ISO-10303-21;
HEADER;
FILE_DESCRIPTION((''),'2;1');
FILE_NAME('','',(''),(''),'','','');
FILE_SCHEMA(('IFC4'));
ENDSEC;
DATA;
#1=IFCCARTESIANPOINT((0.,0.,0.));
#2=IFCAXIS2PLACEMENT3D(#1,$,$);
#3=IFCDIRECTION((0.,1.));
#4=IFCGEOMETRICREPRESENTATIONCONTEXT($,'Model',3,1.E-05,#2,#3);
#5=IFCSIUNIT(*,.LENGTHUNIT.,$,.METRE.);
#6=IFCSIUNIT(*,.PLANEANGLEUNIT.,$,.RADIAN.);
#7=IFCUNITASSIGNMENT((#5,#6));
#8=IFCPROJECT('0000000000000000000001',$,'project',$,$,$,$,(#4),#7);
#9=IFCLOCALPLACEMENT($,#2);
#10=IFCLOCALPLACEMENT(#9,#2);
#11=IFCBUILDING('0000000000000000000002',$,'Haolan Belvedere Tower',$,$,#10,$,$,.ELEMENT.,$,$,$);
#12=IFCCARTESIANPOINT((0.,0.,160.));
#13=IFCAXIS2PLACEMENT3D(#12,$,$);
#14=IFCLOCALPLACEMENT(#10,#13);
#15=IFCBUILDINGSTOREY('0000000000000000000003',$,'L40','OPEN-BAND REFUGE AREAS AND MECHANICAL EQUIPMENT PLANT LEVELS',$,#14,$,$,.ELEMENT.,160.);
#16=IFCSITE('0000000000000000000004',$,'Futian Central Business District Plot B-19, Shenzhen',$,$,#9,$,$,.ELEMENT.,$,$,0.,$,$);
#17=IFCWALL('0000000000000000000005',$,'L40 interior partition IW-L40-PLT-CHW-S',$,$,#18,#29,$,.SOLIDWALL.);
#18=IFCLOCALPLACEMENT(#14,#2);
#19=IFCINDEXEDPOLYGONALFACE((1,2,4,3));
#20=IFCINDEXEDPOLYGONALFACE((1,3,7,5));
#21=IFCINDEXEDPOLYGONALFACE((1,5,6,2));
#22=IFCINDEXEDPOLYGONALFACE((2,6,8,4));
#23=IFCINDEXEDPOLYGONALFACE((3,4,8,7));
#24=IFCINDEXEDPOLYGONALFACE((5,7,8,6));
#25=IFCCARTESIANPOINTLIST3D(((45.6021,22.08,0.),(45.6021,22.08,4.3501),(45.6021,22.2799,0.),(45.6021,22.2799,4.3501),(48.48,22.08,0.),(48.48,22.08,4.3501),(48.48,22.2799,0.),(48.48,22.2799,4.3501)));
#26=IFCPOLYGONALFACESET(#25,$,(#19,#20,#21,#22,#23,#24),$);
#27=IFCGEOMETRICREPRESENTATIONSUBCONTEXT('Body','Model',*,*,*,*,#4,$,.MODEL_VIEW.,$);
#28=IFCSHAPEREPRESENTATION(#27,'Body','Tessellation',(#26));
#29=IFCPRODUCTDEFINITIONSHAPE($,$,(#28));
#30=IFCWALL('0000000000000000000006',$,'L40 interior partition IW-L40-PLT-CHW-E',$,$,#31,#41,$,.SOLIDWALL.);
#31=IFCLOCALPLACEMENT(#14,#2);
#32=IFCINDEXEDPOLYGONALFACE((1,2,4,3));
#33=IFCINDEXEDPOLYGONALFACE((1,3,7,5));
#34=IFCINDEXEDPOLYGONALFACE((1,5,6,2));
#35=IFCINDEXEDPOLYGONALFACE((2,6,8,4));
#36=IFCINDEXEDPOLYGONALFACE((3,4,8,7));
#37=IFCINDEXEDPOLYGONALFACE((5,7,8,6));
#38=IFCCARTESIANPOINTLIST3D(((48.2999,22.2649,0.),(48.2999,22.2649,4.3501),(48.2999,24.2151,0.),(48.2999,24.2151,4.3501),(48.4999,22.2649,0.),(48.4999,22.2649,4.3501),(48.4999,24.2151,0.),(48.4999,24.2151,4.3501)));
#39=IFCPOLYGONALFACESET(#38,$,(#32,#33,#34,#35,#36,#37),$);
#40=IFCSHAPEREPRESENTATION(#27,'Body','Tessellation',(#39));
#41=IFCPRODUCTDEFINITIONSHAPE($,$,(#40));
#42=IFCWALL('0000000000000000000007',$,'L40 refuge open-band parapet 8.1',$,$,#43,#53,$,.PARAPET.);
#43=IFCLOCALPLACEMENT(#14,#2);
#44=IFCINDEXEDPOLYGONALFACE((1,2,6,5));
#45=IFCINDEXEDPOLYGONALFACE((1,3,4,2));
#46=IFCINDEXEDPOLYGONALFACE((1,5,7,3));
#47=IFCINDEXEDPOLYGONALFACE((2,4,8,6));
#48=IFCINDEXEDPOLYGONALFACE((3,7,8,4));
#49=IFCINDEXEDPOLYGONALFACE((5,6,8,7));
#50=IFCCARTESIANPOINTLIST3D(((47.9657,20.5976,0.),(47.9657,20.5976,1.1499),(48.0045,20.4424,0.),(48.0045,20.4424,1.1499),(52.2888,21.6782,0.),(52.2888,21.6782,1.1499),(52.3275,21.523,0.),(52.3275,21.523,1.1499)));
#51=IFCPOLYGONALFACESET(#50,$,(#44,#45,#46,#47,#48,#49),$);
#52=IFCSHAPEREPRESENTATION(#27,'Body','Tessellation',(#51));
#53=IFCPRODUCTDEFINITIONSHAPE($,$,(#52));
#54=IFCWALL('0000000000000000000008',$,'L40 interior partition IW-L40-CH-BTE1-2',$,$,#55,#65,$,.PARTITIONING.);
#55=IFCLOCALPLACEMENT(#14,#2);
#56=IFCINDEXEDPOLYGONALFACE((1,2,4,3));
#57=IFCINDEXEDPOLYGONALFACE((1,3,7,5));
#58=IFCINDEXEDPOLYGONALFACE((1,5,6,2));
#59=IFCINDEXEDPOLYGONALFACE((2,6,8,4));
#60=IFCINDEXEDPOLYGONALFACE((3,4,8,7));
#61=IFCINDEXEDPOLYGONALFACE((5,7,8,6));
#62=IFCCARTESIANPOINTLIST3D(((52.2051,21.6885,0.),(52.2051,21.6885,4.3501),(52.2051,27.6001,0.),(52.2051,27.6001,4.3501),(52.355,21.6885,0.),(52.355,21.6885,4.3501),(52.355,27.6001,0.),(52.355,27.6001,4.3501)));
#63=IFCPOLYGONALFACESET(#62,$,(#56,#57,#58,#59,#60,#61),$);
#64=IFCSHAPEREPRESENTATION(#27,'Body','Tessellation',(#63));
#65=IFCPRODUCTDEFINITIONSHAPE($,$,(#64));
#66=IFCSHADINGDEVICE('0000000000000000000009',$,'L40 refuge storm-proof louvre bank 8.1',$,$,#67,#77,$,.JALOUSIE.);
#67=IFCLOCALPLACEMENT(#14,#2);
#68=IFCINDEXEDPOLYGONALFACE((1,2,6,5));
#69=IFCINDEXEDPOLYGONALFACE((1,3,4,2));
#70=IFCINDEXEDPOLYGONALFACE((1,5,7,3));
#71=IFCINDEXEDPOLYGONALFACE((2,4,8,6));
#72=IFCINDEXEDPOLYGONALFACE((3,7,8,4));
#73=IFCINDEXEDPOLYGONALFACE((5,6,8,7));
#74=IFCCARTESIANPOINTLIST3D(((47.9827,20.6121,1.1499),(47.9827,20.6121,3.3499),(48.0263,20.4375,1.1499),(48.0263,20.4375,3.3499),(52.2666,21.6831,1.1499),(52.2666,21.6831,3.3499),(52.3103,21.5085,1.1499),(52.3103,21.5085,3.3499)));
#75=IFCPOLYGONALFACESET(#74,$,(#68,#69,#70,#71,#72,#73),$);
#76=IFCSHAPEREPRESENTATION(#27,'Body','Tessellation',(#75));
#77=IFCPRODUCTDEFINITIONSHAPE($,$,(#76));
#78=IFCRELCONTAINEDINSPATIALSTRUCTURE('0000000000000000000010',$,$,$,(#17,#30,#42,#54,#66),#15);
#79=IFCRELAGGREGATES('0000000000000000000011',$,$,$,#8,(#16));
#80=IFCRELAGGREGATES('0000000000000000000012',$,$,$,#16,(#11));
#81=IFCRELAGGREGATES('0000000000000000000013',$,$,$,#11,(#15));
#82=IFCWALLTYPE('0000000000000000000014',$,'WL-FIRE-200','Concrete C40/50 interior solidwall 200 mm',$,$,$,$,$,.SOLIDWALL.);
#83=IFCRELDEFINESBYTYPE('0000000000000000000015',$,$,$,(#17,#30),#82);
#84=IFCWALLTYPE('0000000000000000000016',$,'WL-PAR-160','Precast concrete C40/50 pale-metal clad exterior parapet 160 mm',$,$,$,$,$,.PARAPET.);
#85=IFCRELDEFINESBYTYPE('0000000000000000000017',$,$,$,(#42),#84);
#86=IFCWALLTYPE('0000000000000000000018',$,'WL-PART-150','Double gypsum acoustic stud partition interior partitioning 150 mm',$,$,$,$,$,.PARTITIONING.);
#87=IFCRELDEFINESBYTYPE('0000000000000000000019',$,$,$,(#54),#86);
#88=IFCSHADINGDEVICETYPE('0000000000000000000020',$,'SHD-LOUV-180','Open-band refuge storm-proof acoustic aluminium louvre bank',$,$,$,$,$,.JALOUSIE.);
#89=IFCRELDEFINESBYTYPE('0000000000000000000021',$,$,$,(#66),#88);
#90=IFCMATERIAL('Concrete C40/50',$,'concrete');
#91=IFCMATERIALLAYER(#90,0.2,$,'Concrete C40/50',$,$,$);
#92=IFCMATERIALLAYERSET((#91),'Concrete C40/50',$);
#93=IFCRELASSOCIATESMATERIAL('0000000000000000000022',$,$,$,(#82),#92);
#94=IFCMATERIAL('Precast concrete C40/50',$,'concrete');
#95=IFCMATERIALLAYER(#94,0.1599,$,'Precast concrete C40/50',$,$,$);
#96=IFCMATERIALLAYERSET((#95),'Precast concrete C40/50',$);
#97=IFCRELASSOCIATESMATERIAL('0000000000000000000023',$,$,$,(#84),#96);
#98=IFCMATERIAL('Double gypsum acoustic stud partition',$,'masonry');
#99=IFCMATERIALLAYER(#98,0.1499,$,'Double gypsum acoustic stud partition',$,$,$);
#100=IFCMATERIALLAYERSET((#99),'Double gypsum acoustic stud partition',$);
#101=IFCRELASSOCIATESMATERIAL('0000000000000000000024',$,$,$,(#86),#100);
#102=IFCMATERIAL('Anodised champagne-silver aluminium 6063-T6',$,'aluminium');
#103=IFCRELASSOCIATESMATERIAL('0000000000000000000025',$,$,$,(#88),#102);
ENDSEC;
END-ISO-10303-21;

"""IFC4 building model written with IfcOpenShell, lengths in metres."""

from ifc_helpers import new_model, si_unit, direction, frame, frame_2d, origin, origin_2d, place, context, subcontext, project, spatial, rectangle, extrude, material, layer, layer_set, type_object, element, save


model = new_model("IFC4")

# Units and contexts
model_context = context("Model", 3, precision=1e-05, world=origin(), true_north=direction((0.0, 1.0)))
body_context = subcontext(model_context, "Body", "Model", "MODEL_VIEW")
ifc_project = project(units=[si_unit("LENGTHUNIT", "METRE"), si_unit("PLANEANGLEUNIT", "RADIAN")], contexts=[model_context])

# Site, building, storey
site_placement = place(None, origin())
site = spatial("IfcSite", under=ifc_project, at=site_placement, Name="Futian Central Business District Plot B-19, Shenzhen", CompositionType="ELEMENT", RefElevation=0.0)
building_placement = place(site_placement, origin())
building = spatial("IfcBuilding", under=site, at=building_placement, Name="Haolan Belvedere Tower", CompositionType="ELEMENT")
storey_placement = place(building_placement, frame((0.0, 0.0, 160.0)))
storey = spatial("IfcBuildingStorey", under=building, at=storey_placement, Name="L40", Description="OPEN-BAND REFUGE AREAS AND MECHANICAL EQUIPMENT PLANT LEVELS", CompositionType="ELEMENT", Elevation=160.0)

# Shared definitions
ifc_material_1 = material(Name="Concrete C40/50", Category="concrete")
ifc_layer_1 = layer(ifc_material_1, 0.2, Name="Concrete C40/50")
ifc_layer_set_1 = layer_set([ifc_layer_1], Name="Concrete C40/50")
wall_type_1 = type_object("IfcWallType", Name="WL-FIRE-200", Description="Concrete C40/50 interior solidwall 200 mm", PredefinedType="SOLIDWALL", material=ifc_layer_set_1)

# Walls
wall_1_placement = place(storey_placement, frame((45.6021, 22.1799, 0.0), z_axis=(0.0, 0.0, 1.0), x_axis=(1.0, 0.0, 0.0)))
element("IfcWall", 1, at=wall_1_placement, inside=storey, type_object=wall_type_1, Name="L40 interior partition IW-L40-PLT-CHW-S", PredefinedType="SOLIDWALL", context=body_context, shape_type="SweptSolid", body=[
    extrude(rectangle(XDim=2.8779, YDim=0.2, at=frame_2d((1.439, 0.0))), origin(), (0.0, 0.0, 1.0), 4.3501),
])
wall_2_placement = place(storey_placement, frame((48.3999, 22.2649, 0.0), z_axis=(0.0, 0.0, 1.0), x_axis=(0.0, 1.0, 0.0)))
element("IfcWall", 2, at=wall_2_placement, inside=storey, type_object=wall_type_1, Name="L40 interior partition IW-L40-PLT-CHW-E", PredefinedType="SOLIDWALL", context=body_context, shape_type="SweptSolid", body=[
    extrude(rectangle(XDim=1.9502, YDim=0.2, at=frame_2d((0.9751, 0.0))), origin(), (0.0, 0.0, 1.0), 4.3501),
])
ifc_material_2 = material(Name="Precast concrete C40/50", Category="concrete")
ifc_layer_2 = layer(ifc_material_2, 0.1599, Name="Precast concrete C40/50")
ifc_layer_set_2 = layer_set([ifc_layer_2], Name="Precast concrete C40/50")
wall_type_2 = type_object("IfcWallType", Name="WL-PAR-160", Description="Precast concrete C40/50 pale-metal clad exterior parapet 160 mm", PredefinedType="PARAPET", material=ifc_layer_set_2)
wall_3_placement = place(storey_placement, frame((47.9851, 20.52, 0.0), z_axis=(0.0, 0.0, 1.0), x_axis=(0.970152, 0.242497, 0.0)))
element("IfcWall", 3, at=wall_3_placement, inside=storey, type_object=wall_type_2, Name="L40 refuge open-band parapet 8.1", PredefinedType="PARAPET", context=body_context, shape_type="SweptSolid", body=[
    extrude(rectangle(XDim=4.4561, YDim=0.1599, at=frame_2d((2.228, 0.0))), origin(), (0.0, 0.0, 1.0), 1.1499),
])
ifc_material_3 = material(Name="Double gypsum acoustic stud partition", Category="masonry")
ifc_layer_3 = layer(ifc_material_3, 0.1499, Name="Double gypsum acoustic stud partition")
ifc_layer_set_3 = layer_set([ifc_layer_3], Name="Double gypsum acoustic stud partition")
wall_type_3 = type_object("IfcWallType", Name="WL-PART-150", Description="Double gypsum acoustic stud partition interior partitioning 150 mm", PredefinedType="PARTITIONING", material=ifc_layer_set_3)
wall_4_placement = place(storey_placement, frame((52.28, 21.6885, 0.0), z_axis=(0.0, 0.0, 1.0), x_axis=(0.0, 1.0, 0.0)))
element("IfcWall", 4, at=wall_4_placement, inside=storey, type_object=wall_type_3, Name="L40 interior partition IW-L40-CH-BTE1-2", PredefinedType="PARTITIONING", context=body_context, shape_type="SweptSolid", body=[
    extrude(rectangle(XDim=5.9116, YDim=0.1499, at=frame_2d((2.9558, 0.0))), origin(), (0.0, 0.0, 1.0), 4.3501),
])

# Shading device
ifc_material_4 = material(Name="Anodised champagne-silver aluminium 6063-T6", Category="aluminium")
shading_device_type = type_object("IfcShadingDeviceType", Name="SHD-LOUV-180", Description="Open-band refuge storm-proof acoustic aluminium louvre bank", PredefinedType="JALOUSIE", material=ifc_material_4)
shading_device_placement = place(storey_placement, frame((50.1465, 21.0603, 1.1499), z_axis=(0.0, 0.0, 1.0), x_axis=(0.970144, 0.242532, 0.0)))
element("IfcShadingDevice", 5, at=shading_device_placement, inside=storey, type_object=shading_device_type, Name="L40 refuge storm-proof louvre bank 8.1", PredefinedType="JALOUSIE", context=body_context, shape_type="SweptSolid", body=[
    extrude(rectangle(XDim=4.4158, YDim=0.1799, at=origin_2d()), origin(), (0.0, 0.0, 1.0), 2.2),
])

save(model, "model.ifc")
